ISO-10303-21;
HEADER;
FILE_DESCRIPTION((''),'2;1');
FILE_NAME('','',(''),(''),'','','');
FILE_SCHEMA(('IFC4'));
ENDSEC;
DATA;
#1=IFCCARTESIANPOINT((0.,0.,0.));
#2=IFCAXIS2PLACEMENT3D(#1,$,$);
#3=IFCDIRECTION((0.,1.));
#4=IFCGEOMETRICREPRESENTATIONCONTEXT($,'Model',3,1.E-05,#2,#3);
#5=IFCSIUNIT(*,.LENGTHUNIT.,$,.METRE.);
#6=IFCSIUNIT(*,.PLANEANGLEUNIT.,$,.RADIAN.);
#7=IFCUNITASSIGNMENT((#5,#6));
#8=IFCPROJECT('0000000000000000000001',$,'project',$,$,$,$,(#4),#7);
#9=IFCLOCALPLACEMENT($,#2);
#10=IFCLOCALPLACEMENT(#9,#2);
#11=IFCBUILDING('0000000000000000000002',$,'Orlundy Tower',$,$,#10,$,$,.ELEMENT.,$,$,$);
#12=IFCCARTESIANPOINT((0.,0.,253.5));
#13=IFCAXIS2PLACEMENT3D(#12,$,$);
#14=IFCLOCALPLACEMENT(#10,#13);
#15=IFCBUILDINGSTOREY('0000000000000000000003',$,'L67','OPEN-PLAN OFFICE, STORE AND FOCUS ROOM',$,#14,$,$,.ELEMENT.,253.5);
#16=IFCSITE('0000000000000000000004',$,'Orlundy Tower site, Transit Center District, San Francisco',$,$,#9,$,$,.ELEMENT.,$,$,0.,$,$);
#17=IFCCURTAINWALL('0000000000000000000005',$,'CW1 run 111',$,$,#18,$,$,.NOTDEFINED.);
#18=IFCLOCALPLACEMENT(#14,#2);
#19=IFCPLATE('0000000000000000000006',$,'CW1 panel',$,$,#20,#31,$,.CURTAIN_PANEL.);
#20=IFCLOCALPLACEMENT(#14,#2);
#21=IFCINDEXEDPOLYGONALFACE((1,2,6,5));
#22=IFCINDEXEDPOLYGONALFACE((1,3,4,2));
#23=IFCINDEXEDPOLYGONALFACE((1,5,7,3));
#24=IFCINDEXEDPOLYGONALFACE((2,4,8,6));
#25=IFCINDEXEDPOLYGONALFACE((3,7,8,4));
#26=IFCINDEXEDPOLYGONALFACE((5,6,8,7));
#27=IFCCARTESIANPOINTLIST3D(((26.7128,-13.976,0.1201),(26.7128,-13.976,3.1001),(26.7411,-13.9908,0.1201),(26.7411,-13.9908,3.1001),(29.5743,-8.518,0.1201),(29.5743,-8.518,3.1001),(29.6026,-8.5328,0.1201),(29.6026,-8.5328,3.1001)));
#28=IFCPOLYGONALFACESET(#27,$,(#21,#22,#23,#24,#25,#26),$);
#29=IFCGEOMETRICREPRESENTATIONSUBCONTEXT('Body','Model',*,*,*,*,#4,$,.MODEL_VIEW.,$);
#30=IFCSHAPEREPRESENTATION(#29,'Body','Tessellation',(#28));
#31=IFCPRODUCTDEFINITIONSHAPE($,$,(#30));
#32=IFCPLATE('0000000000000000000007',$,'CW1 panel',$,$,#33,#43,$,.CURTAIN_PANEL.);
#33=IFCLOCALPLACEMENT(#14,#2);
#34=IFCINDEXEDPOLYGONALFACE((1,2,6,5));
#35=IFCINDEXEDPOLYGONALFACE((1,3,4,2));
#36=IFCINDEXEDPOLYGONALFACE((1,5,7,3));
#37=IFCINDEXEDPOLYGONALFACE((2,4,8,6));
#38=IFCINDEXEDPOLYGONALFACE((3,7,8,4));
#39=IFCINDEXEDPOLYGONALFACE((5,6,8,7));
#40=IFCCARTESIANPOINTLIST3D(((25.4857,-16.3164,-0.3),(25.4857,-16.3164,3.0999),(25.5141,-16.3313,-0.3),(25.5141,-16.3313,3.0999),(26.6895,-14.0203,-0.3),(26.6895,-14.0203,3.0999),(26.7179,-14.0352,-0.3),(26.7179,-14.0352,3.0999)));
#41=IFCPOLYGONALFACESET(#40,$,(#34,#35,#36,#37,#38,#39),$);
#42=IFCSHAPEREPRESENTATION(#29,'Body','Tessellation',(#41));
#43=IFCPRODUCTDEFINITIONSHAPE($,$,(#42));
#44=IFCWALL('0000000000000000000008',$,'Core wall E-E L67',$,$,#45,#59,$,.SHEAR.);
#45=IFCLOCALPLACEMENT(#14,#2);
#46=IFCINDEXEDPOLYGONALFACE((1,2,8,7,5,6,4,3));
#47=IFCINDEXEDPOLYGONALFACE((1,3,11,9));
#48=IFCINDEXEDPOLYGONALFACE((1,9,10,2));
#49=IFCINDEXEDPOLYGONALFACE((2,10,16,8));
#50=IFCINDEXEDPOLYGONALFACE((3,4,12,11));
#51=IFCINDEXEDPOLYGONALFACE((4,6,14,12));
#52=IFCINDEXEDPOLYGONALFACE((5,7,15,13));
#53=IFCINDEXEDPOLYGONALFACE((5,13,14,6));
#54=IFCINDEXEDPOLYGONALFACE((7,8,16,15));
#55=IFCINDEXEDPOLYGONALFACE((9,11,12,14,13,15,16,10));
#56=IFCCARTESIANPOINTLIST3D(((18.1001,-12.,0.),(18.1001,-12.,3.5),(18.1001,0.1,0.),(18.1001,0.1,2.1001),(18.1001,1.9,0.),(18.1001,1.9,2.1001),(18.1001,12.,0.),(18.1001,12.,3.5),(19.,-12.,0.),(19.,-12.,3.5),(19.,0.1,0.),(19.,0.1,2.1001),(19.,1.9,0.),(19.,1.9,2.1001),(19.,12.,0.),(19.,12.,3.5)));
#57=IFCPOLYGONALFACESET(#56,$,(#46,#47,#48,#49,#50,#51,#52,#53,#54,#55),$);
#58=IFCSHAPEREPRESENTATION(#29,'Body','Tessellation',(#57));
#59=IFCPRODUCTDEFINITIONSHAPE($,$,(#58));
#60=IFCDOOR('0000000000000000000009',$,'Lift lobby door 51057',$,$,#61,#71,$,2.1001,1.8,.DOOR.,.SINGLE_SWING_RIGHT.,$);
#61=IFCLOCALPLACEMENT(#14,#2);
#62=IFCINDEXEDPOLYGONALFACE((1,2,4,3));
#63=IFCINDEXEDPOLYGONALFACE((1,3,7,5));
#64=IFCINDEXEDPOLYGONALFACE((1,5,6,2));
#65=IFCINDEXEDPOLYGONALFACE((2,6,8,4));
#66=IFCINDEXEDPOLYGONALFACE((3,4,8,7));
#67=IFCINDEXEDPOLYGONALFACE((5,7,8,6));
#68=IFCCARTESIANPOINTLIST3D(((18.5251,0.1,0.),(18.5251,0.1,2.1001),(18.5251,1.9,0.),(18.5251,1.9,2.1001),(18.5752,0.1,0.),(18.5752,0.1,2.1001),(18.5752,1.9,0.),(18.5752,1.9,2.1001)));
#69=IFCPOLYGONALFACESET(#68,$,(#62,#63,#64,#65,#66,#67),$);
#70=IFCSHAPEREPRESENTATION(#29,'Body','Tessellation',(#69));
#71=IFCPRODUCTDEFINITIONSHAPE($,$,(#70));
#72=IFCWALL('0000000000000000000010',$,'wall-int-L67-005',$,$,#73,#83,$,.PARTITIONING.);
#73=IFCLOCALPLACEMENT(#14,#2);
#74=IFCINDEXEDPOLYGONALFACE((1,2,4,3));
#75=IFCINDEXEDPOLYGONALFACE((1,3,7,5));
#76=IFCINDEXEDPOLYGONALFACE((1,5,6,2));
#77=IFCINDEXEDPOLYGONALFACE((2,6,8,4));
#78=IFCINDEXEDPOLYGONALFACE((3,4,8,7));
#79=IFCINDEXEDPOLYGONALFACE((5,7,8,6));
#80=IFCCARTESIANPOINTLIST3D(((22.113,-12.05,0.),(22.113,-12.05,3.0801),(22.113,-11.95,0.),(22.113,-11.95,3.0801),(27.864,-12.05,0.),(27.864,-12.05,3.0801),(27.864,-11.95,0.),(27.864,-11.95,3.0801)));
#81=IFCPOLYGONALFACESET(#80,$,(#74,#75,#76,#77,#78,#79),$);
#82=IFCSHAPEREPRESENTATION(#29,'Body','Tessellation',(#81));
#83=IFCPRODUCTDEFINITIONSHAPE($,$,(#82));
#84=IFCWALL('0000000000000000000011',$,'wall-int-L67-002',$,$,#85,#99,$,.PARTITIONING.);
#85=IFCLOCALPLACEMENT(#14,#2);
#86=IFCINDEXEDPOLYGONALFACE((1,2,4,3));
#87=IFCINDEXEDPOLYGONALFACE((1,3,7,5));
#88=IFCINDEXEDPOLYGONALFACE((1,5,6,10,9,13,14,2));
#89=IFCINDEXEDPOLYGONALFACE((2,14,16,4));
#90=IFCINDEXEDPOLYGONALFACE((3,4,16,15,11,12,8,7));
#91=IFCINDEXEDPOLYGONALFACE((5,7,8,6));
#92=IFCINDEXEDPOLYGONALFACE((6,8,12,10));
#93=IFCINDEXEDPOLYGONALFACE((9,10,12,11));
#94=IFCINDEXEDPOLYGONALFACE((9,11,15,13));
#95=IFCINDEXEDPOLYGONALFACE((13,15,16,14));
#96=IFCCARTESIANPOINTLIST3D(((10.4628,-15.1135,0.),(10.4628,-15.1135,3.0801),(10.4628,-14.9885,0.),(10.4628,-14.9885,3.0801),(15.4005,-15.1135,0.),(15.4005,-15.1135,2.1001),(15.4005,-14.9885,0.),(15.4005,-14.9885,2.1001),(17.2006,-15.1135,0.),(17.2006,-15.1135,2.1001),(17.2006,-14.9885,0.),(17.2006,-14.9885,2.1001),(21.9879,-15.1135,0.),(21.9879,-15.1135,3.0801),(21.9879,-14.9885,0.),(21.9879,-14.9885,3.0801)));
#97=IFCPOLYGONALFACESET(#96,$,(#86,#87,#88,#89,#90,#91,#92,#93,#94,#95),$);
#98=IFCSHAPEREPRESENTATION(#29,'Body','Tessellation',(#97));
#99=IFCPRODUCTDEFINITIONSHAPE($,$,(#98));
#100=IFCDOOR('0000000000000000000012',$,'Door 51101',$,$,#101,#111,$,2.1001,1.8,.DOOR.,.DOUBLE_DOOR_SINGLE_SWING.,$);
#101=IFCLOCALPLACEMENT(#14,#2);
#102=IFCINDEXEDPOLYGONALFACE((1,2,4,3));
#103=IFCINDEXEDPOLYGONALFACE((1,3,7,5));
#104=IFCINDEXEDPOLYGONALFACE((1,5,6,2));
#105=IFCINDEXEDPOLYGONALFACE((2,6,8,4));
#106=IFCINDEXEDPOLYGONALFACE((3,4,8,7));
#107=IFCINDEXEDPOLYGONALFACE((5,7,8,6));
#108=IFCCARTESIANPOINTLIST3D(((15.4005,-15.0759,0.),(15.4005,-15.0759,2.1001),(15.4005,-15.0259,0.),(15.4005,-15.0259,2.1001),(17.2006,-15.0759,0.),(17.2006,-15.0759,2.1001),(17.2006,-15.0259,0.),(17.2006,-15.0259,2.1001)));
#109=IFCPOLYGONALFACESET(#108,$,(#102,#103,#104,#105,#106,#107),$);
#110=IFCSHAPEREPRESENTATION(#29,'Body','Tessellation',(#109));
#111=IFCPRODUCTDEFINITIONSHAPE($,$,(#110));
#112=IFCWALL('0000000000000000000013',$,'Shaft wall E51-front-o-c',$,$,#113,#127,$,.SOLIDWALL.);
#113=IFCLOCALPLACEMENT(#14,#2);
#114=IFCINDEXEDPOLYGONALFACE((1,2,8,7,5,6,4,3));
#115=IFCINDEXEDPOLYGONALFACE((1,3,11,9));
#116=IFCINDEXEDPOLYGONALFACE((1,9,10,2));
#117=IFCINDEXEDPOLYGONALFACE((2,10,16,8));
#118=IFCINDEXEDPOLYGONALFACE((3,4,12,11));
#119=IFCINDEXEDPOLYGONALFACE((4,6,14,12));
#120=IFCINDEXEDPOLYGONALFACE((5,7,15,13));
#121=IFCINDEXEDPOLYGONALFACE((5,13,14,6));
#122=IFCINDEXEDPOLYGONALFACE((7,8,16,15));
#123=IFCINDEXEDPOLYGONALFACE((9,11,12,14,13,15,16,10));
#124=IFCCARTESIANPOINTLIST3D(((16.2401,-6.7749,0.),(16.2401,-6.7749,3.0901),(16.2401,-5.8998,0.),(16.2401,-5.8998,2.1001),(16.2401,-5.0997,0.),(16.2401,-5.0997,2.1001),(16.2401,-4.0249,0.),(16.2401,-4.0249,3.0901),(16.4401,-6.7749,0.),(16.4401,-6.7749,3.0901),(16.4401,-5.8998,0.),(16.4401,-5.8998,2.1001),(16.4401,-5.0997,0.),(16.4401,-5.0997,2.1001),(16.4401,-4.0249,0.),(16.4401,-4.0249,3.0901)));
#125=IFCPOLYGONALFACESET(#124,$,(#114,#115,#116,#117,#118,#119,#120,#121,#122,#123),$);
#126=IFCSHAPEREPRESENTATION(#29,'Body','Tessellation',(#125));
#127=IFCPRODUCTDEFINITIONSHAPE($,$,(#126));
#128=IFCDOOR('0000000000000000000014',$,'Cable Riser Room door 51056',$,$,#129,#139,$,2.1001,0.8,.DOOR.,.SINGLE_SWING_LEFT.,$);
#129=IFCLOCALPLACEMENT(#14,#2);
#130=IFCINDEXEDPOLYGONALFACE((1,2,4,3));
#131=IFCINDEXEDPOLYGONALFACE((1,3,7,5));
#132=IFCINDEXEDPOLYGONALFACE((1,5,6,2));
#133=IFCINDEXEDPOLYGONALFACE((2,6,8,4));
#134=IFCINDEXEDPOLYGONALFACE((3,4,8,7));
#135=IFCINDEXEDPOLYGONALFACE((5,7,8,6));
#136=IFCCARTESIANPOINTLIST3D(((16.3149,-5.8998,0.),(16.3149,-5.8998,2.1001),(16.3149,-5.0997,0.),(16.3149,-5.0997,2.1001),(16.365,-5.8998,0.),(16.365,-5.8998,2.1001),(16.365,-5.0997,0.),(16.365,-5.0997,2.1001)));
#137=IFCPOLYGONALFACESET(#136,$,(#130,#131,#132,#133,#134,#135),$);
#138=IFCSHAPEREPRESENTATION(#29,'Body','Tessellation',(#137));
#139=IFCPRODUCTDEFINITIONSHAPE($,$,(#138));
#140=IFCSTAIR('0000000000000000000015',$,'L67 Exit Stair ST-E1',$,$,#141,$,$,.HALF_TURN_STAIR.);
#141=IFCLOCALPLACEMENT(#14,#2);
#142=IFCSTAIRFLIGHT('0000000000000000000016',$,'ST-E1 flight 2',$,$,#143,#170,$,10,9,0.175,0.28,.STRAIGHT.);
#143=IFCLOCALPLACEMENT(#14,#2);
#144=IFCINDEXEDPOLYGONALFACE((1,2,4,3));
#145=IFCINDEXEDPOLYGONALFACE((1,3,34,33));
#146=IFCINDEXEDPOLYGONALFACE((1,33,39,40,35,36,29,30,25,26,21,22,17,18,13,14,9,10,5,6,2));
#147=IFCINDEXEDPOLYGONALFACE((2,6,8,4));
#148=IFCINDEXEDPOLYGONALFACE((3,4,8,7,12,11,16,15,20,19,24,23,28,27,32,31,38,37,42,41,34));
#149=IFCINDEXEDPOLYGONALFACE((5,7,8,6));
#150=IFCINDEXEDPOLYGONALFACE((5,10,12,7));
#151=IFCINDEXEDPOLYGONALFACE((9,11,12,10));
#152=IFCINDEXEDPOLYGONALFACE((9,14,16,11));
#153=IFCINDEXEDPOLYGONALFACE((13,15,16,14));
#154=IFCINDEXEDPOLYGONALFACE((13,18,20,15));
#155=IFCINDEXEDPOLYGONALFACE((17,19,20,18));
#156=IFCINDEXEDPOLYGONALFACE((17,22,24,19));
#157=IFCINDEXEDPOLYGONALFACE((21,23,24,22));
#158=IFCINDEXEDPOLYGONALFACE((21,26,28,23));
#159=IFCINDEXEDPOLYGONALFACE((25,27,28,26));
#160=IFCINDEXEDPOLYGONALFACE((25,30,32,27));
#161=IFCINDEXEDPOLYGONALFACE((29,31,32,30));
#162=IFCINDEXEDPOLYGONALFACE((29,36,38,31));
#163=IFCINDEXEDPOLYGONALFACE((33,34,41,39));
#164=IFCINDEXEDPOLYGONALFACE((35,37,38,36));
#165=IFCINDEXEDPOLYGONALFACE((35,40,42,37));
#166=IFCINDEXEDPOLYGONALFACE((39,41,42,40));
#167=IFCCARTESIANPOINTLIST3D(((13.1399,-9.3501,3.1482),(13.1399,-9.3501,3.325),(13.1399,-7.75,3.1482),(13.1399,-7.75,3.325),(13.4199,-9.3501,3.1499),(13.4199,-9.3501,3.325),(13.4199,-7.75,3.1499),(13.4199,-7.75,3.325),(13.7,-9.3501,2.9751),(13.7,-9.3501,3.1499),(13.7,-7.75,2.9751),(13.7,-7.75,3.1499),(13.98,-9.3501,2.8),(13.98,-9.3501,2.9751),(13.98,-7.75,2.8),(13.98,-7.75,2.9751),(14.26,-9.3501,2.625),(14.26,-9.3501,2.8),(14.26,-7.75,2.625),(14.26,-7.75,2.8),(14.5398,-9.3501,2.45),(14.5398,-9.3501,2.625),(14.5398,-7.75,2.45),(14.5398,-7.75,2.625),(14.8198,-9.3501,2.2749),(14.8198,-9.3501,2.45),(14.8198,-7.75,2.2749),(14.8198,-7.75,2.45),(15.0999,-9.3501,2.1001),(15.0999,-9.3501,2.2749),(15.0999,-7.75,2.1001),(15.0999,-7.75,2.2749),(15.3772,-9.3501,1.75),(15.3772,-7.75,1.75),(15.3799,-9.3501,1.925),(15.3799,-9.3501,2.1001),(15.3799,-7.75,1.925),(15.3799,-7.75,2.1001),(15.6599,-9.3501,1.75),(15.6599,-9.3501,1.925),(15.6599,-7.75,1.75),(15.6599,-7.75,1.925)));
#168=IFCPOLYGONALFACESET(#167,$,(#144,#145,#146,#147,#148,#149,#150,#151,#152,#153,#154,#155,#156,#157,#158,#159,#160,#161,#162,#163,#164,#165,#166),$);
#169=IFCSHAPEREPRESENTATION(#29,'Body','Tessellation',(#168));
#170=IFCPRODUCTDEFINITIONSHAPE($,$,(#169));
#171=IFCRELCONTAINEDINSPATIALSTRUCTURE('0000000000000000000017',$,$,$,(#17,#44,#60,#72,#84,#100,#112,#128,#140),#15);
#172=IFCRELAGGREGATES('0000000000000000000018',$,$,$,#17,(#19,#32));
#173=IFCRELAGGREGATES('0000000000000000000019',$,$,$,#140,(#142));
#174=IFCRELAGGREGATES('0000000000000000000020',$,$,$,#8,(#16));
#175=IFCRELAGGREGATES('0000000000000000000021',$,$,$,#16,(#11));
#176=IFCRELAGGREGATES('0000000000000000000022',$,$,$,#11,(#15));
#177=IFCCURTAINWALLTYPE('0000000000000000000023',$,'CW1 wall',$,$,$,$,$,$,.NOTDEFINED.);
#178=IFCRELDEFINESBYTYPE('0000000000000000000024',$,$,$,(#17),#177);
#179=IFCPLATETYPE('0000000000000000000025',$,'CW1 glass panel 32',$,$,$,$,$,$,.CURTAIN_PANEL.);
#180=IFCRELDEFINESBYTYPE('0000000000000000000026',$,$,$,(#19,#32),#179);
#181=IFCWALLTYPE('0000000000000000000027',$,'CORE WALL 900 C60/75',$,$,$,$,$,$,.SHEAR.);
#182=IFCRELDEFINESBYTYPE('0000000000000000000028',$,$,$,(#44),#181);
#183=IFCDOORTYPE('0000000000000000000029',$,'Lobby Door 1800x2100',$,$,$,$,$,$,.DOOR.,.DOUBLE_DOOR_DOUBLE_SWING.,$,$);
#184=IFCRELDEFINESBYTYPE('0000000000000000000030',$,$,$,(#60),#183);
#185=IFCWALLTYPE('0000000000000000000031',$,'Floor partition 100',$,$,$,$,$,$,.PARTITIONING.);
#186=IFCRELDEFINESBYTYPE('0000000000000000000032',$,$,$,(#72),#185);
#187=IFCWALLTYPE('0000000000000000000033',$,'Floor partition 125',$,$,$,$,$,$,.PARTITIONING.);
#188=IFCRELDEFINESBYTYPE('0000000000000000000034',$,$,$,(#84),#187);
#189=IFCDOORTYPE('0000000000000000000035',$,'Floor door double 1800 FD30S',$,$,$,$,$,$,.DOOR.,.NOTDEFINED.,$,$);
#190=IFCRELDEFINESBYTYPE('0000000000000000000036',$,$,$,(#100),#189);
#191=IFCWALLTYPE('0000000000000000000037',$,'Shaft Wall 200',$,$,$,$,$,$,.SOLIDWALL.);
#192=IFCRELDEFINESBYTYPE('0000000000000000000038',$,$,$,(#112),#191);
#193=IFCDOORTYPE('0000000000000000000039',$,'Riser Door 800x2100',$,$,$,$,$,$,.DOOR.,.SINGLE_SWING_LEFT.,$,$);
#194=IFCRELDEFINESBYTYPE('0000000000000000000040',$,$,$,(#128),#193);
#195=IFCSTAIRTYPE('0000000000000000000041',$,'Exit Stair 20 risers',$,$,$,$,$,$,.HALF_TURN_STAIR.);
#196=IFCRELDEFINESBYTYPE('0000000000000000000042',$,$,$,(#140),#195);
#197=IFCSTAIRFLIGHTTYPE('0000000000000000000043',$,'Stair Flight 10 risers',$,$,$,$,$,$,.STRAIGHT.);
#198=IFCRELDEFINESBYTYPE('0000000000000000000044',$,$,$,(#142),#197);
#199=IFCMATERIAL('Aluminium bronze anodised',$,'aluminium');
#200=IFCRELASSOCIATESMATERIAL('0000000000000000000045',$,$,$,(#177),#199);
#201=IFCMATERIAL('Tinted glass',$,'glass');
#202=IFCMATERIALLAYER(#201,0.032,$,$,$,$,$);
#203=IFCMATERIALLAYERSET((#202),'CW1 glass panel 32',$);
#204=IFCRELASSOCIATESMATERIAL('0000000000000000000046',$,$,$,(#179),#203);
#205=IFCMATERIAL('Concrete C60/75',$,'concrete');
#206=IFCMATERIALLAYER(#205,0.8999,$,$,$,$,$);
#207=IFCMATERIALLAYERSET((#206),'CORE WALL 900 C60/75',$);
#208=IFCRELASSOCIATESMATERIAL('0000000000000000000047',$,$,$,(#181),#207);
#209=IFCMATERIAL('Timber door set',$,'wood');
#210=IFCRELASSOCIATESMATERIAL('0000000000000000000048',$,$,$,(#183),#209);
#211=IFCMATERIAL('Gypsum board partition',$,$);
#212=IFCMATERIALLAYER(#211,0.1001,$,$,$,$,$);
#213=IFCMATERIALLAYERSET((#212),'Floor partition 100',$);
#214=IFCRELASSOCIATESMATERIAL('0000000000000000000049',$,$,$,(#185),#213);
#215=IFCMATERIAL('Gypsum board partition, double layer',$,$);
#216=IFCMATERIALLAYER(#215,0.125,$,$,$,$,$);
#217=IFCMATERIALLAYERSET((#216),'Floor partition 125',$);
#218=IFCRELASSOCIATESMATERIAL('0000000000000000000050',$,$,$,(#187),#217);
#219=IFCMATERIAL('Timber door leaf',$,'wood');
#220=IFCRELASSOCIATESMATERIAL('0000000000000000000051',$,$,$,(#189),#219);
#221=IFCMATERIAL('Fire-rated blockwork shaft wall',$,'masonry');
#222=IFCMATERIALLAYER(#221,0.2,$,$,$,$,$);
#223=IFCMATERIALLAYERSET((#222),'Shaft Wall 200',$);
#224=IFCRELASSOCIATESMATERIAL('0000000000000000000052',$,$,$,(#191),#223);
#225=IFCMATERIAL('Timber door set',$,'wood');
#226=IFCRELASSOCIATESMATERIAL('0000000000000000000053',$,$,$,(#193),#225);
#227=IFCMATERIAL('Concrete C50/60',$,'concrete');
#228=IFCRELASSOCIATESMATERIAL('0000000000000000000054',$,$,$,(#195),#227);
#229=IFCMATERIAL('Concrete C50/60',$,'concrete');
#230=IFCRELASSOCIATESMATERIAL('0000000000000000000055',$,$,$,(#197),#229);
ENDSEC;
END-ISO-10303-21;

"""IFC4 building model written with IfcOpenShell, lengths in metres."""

from ifc_helpers import new_model, si_unit, direction, frame, frame_2d, origin, origin_2d, place, context, subcontext, project, spatial, polyline, rectangle, outline, extrude, material, layer, layer_set, type_object, element, fill, aggregate, save


model = new_model("IFC4")

# Units and contexts
model_context = context("Model", 3, precision=1e-05, world=origin(), true_north=direction((0.0, 1.0)))
body_context = subcontext(model_context, "Body", "Model", "MODEL_VIEW")
ifc_project = project(units=[si_unit("LENGTHUNIT", "METRE"), si_unit("PLANEANGLEUNIT", "RADIAN")], contexts=[model_context])

# Site, building, storey
site_placement = place(None, origin())
site = spatial("IfcSite", under=ifc_project, at=site_placement, Name="Orlundy Tower site, Transit Center District, San Francisco", CompositionType="ELEMENT", RefElevation=0.0)
building_placement = place(site_placement, origin())
building = spatial("IfcBuilding", under=site, at=building_placement, Name="Orlundy Tower", CompositionType="ELEMENT")
storey_placement = place(building_placement, frame((0.0, 0.0, 253.5)))
storey = spatial("IfcBuildingStorey", under=building, at=storey_placement, Name="L67", Description="OPEN-PLAN OFFICE, STORE AND FOCUS ROOM", CompositionType="ELEMENT", Elevation=253.5)

# Curtain wall
ifc_material_1 = material(Name="Aluminium bronze anodised", Category="aluminium")
curtain_wall_type = type_object("IfcCurtainWallType", Name="CW1 wall", PredefinedType="NOTDEFINED", material=ifc_material_1)
curtain_wall_1_placement = place(storey_placement, origin())
curtain_wall_1 = element("IfcCurtainWall", 1, at=curtain_wall_1_placement, inside=storey, type_object=curtain_wall_type, Name="CW1 run 111", PredefinedType="NOTDEFINED")

# Plates
ifc_material_2 = material(Name="Tinted glass", Category="glass")
ifc_layer_1 = layer(ifc_material_2, 0.032)
ifc_layer_set_1 = layer_set([ifc_layer_1], Name="CW1 glass panel 32")
plate_type = type_object("IfcPlateType", Name="CW1 glass panel 32", PredefinedType="CURTAIN_PANEL", material=ifc_layer_set_1)
plate_1_placement = place(storey_placement, frame((28.1577, -11.2544, 0.1201), z_axis=(0.0, 0.0, 1.0), x_axis=(-0.464333, -0.885661, 0.0)))
plate_1 = element("IfcPlate", 2, at=plate_1_placement, type_object=plate_type, Name="CW1 panel", PredefinedType="CURTAIN_PANEL", context=body_context, shape_type="SweptSolid", body=[
    extrude(rectangle(XDim=6.1626, YDim=0.032, at=origin_2d()), origin(), (0.0, 0.0, 1.0), 2.98),
])
plate_2_placement = place(storey_placement, frame((26.1018, -15.1758, -0.3), z_axis=(0.0, 0.0, 1.0), x_axis=(-0.464333, -0.885661, 0.0)))
plate_2 = element("IfcPlate", 3, at=plate_2_placement, type_object=plate_type, Name="CW1 panel", PredefinedType="CURTAIN_PANEL", context=body_context, shape_type="SweptSolid", body=[
    extrude(rectangle(XDim=2.5925, YDim=0.032, at=origin_2d()), origin(), (0.0, 0.0, 1.0), 3.3999),
])
aggregate(curtain_wall_1, [plate_1, plate_2])

# Wall, opening, door
ifc_material_3 = material(Name="Concrete C60/75", Category="concrete")
ifc_layer_2 = layer(ifc_material_3, 0.8999)
ifc_layer_set_2 = layer_set([ifc_layer_2], Name="CORE WALL 900 C60/75")
wall_type_1 = type_object("IfcWallType", Name="CORE WALL 900 C60/75", PredefinedType="SHEAR", material=ifc_layer_set_2)
wall_1_placement = place(storey_placement, frame((18.55, -12.0, 0.0), z_axis=(0.0, 0.0, 1.0), x_axis=(0.0, 1.0, 0.0)))
wall_1 = element("IfcWall", 4, at=wall_1_placement, inside=storey, type_object=wall_type_1, Name="Core wall E-E L67", PredefinedType="SHEAR", context=body_context, shape_type="SweptSolid", body=[
    extrude(rectangle(XDim=24.0, YDim=0.8999, at=frame_2d((12.0, 0.0))), origin(), (0.0, 0.0, 1.0), 3.5),
])
opening_1_placement = place(wall_1_placement, frame((12.1001, 0.0, 0.0)))
opening_1 = element("IfcOpeningElement", 5, at=opening_1_placement, cuts=wall_1, PredefinedType="OPENING", context=body_context, shape_type="SweptSolid", body=[
    extrude(rectangle(XDim=1.8, YDim=2.1001, at=frame_2d((0.8999, 1.05))), frame((0.0, 0.46, 0.0), z_axis=(0.0, -1.0, 0.0), x_axis=(1.0, 0.0, 0.0)), (0.0, 0.0, 1.0), 0.9199),
])
ifc_material_4 = material(Name="Timber door set", Category="wood")
door_type_1 = type_object("IfcDoorType", Name="Lobby Door 1800x2100", OperationType="DOUBLE_DOOR_DOUBLE_SWING", PredefinedType="DOOR", material=ifc_material_4)
door_1_placement = place(opening_1_placement, origin())
door_1 = element("IfcDoor", 6, at=door_1_placement, inside=storey, type_object=door_type_1, Name="Lift lobby door 51057", OperationType="SINGLE_SWING_RIGHT", OverallHeight=2.1001, OverallWidth=1.8, PredefinedType="DOOR", context=body_context, shape_type="SweptSolid", body=[
    extrude(rectangle(XDim=1.8, YDim=2.1001, at=frame_2d((0.8999, 1.05))), frame((0.0, 0.0249, 0.0), z_axis=(0.0, -1.0, 0.0), x_axis=(1.0, 0.0, 0.0)), (0.0, 0.0, 1.0), 0.05),
])
fill(opening_1, door_1)

# Wall
ifc_material_5 = material(Name="Gypsum board partition")
ifc_layer_3 = layer(ifc_material_5, 0.1001)
ifc_layer_set_3 = layer_set([ifc_layer_3], Name="Floor partition 100")
wall_type_2 = type_object("IfcWallType", Name="Floor partition 100", PredefinedType="PARTITIONING", material=ifc_layer_set_3)
wall_2_placement = place(storey_placement, frame((22.113, -12.0, 0.0), z_axis=(0.0, 0.0, 1.0), x_axis=(1.0, 0.0, 0.0)))
element("IfcWall", 7, at=wall_2_placement, inside=storey, type_object=wall_type_2, Name="wall-int-L67-005", PredefinedType="PARTITIONING", context=body_context, shape_type="SweptSolid", body=[
    extrude(rectangle(XDim=5.751, YDim=0.1001, at=frame_2d((2.8755, 0.0))), origin(), (0.0, 0.0, 1.0), 3.0801),
])

# Wall, opening, door
ifc_material_6 = material(Name="Gypsum board partition, double layer")
ifc_layer_4 = layer(ifc_material_6, 0.125)
ifc_layer_set_4 = layer_set([ifc_layer_4], Name="Floor partition 125")
wall_type_3 = type_object("IfcWallType", Name="Floor partition 125", PredefinedType="PARTITIONING", material=ifc_layer_set_4)
wall_3_placement = place(storey_placement, frame((21.988, -15.051, 0.0), z_axis=(0.0, 0.0, 1.0), x_axis=(-1.0, 0.0, 0.0)))
wall_3 = element("IfcWall", 8, at=wall_3_placement, inside=storey, type_object=wall_type_3, Name="wall-int-L67-002", PredefinedType="PARTITIONING", context=body_context, shape_type="SweptSolid", body=[
    extrude(rectangle(XDim=11.5251, YDim=0.125, at=frame_2d((5.7627, 0.0))), origin(), (0.0, 0.0, 1.0), 3.0801),
])
opening_2_placement = place(wall_3_placement, frame((4.7876, 0.0, 0.0)))
opening_2 = element("IfcOpeningElement", 9, at=opening_2_placement, cuts=wall_3, PredefinedType="OPENING", context=body_context, shape_type="SweptSolid", body=[
    extrude(rectangle(XDim=1.8, YDim=2.1001, at=frame_2d((0.8999, 1.05))), frame((0.0, 0.0725, 0.0), z_axis=(0.0, -1.0, 0.0), x_axis=(1.0, 0.0, 0.0)), (0.0, 0.0, 1.0), 0.145),
])
ifc_material_7 = material(Name="Timber door leaf", Category="wood")
door_type_2 = type_object("IfcDoorType", Name="Floor door double 1800 FD30S", OperationType="NOTDEFINED", PredefinedType="DOOR", material=ifc_material_7)
door_2_placement = place(opening_2_placement, origin())
door_2 = element("IfcDoor", 10, at=door_2_placement, inside=storey, type_object=door_type_2, Name="Door 51101", OperationType="DOUBLE_DOOR_SINGLE_SWING", OverallHeight=2.1001, OverallWidth=1.8, PredefinedType="DOOR", context=body_context, shape_type="SweptSolid", body=[
    extrude(rectangle(XDim=1.8, YDim=2.1001, at=frame_2d((0.8999, 1.05))), frame((0.0, 0.0249, 0.0), z_axis=(0.0, -1.0, 0.0), x_axis=(1.0, 0.0, 0.0)), (0.0, 0.0, 1.0), 0.05),
])
fill(opening_2, door_2)

# Wall, opening, door
ifc_material_8 = material(Name="Fire-rated blockwork shaft wall", Category="masonry")
ifc_layer_5 = layer(ifc_material_8, 0.2)
ifc_layer_set_5 = layer_set([ifc_layer_5], Name="Shaft Wall 200")
wall_type_4 = type_object("IfcWallType", Name="Shaft Wall 200", PredefinedType="SOLIDWALL", material=ifc_layer_set_5)
wall_4_placement = place(storey_placement, frame((16.3401, -4.0249, 0.0), z_axis=(0.0, 0.0, 1.0), x_axis=(0.0, -1.0, 0.0)))
wall_4 = element("IfcWall", 11, at=wall_4_placement, inside=storey, type_object=wall_type_4, Name="Shaft wall E51-front-o-c", PredefinedType="SOLIDWALL", context=body_context, shape_type="SweptSolid", body=[
    extrude(rectangle(XDim=2.75, YDim=0.2, at=frame_2d((1.375, 0.0))), origin(), (0.0, 0.0, 1.0), 3.0901),
])
opening_3_placement = place(wall_4_placement, frame((1.075, 0.0, 0.0)))
opening_3 = element("IfcOpeningElement", 12, at=opening_3_placement, cuts=wall_4, PredefinedType="OPENING", context=body_context, shape_type="SweptSolid", body=[
    extrude(rectangle(XDim=0.8, YDim=2.1001, at=frame_2d((0.3999, 1.05))), frame((0.0, 0.1101, 0.0), z_axis=(0.0, -1.0, 0.0), x_axis=(1.0, 0.0, 0.0)), (0.0, 0.0, 1.0), 0.2202),
])
ifc_material_9 = material(Name="Timber door set", Category="wood")
door_type_3 = type_object("IfcDoorType", Name="Riser Door 800x2100", OperationType="SINGLE_SWING_LEFT", PredefinedType="DOOR", material=ifc_material_9)
door_3_placement = place(opening_3_placement, origin())
door_3 = element("IfcDoor", 13, at=door_3_placement, inside=storey, type_object=door_type_3, Name="Cable Riser Room door 51056", OperationType="SINGLE_SWING_LEFT", OverallHeight=2.1001, OverallWidth=0.8, PredefinedType="DOOR", context=body_context, shape_type="SweptSolid", body=[
    extrude(rectangle(XDim=0.8, YDim=2.1001, at=frame_2d((0.3999, 1.05))), frame((0.0, 0.0249, 0.0), z_axis=(0.0, -1.0, 0.0), x_axis=(1.0, 0.0, 0.0)), (0.0, 0.0, 1.0), 0.05),
])
fill(opening_3, door_3)

# Stair, stair flight
ifc_material_10 = material(Name="Concrete C50/60", Category="concrete")
stair_type = type_object("IfcStairType", Name="Exit Stair 20 risers", PredefinedType="HALF_TURN_STAIR", material=ifc_material_10)
stair_placement = place(storey_placement, origin())
stair = element("IfcStair", 14, at=stair_placement, inside=storey, type_object=stair_type, Name="L67 Exit Stair ST-E1", PredefinedType="HALF_TURN_STAIR")
ifc_material_11 = material(Name="Concrete C50/60", Category="concrete")
stair_flight_type = type_object("IfcStairFlightType", Name="Stair Flight 10 risers", PredefinedType="STRAIGHT", material=ifc_material_11)
stair_flight_placement = place(storey_placement, frame((15.6599, -8.55, 1.75), z_axis=(0.0, 0.0, 1.0), x_axis=(-1.0, 0.0, 0.0)))
stair_flight = element("IfcStairFlight", 15, at=stair_flight_placement, type_object=stair_flight_type, Name="ST-E1 flight 2", NumberOfRisers=10, NumberOfTreads=9, PredefinedType="STRAIGHT", RiserHeight=0.175, TreadLength=0.28, context=body_context, shape_type="SweptSolid", body=[
    extrude(outline(polyline([(0.0, 0.0), (0.0, 0.175), (0.28, 0.175), (0.28, 0.3501), (0.5601, 0.3501), (0.5601, 0.5249), (0.8401, 0.5249), (0.8401, 0.7), (1.1201, 0.7), (1.1201, 0.875), (1.3999, 0.875), (1.3999, 1.05), (1.6799, 1.05), (1.6799, 1.2251), (1.96, 1.2251), (1.96, 1.3999), (2.24, 1.3999), (2.24, 1.575), (2.52, 1.575), (2.52, 1.75), (2.52, 1.3982), (0.2827, 0.0), (0.0, 0.0)])), frame((0.0, 0.8, 0.0), z_axis=(0.0, -1.0, 0.0), x_axis=(1.0, 0.0, 0.0)), (0.0, 0.0, 1.0), 1.6001),
])
aggregate(stair, [stair_flight])

save(model, "model.ifc")
